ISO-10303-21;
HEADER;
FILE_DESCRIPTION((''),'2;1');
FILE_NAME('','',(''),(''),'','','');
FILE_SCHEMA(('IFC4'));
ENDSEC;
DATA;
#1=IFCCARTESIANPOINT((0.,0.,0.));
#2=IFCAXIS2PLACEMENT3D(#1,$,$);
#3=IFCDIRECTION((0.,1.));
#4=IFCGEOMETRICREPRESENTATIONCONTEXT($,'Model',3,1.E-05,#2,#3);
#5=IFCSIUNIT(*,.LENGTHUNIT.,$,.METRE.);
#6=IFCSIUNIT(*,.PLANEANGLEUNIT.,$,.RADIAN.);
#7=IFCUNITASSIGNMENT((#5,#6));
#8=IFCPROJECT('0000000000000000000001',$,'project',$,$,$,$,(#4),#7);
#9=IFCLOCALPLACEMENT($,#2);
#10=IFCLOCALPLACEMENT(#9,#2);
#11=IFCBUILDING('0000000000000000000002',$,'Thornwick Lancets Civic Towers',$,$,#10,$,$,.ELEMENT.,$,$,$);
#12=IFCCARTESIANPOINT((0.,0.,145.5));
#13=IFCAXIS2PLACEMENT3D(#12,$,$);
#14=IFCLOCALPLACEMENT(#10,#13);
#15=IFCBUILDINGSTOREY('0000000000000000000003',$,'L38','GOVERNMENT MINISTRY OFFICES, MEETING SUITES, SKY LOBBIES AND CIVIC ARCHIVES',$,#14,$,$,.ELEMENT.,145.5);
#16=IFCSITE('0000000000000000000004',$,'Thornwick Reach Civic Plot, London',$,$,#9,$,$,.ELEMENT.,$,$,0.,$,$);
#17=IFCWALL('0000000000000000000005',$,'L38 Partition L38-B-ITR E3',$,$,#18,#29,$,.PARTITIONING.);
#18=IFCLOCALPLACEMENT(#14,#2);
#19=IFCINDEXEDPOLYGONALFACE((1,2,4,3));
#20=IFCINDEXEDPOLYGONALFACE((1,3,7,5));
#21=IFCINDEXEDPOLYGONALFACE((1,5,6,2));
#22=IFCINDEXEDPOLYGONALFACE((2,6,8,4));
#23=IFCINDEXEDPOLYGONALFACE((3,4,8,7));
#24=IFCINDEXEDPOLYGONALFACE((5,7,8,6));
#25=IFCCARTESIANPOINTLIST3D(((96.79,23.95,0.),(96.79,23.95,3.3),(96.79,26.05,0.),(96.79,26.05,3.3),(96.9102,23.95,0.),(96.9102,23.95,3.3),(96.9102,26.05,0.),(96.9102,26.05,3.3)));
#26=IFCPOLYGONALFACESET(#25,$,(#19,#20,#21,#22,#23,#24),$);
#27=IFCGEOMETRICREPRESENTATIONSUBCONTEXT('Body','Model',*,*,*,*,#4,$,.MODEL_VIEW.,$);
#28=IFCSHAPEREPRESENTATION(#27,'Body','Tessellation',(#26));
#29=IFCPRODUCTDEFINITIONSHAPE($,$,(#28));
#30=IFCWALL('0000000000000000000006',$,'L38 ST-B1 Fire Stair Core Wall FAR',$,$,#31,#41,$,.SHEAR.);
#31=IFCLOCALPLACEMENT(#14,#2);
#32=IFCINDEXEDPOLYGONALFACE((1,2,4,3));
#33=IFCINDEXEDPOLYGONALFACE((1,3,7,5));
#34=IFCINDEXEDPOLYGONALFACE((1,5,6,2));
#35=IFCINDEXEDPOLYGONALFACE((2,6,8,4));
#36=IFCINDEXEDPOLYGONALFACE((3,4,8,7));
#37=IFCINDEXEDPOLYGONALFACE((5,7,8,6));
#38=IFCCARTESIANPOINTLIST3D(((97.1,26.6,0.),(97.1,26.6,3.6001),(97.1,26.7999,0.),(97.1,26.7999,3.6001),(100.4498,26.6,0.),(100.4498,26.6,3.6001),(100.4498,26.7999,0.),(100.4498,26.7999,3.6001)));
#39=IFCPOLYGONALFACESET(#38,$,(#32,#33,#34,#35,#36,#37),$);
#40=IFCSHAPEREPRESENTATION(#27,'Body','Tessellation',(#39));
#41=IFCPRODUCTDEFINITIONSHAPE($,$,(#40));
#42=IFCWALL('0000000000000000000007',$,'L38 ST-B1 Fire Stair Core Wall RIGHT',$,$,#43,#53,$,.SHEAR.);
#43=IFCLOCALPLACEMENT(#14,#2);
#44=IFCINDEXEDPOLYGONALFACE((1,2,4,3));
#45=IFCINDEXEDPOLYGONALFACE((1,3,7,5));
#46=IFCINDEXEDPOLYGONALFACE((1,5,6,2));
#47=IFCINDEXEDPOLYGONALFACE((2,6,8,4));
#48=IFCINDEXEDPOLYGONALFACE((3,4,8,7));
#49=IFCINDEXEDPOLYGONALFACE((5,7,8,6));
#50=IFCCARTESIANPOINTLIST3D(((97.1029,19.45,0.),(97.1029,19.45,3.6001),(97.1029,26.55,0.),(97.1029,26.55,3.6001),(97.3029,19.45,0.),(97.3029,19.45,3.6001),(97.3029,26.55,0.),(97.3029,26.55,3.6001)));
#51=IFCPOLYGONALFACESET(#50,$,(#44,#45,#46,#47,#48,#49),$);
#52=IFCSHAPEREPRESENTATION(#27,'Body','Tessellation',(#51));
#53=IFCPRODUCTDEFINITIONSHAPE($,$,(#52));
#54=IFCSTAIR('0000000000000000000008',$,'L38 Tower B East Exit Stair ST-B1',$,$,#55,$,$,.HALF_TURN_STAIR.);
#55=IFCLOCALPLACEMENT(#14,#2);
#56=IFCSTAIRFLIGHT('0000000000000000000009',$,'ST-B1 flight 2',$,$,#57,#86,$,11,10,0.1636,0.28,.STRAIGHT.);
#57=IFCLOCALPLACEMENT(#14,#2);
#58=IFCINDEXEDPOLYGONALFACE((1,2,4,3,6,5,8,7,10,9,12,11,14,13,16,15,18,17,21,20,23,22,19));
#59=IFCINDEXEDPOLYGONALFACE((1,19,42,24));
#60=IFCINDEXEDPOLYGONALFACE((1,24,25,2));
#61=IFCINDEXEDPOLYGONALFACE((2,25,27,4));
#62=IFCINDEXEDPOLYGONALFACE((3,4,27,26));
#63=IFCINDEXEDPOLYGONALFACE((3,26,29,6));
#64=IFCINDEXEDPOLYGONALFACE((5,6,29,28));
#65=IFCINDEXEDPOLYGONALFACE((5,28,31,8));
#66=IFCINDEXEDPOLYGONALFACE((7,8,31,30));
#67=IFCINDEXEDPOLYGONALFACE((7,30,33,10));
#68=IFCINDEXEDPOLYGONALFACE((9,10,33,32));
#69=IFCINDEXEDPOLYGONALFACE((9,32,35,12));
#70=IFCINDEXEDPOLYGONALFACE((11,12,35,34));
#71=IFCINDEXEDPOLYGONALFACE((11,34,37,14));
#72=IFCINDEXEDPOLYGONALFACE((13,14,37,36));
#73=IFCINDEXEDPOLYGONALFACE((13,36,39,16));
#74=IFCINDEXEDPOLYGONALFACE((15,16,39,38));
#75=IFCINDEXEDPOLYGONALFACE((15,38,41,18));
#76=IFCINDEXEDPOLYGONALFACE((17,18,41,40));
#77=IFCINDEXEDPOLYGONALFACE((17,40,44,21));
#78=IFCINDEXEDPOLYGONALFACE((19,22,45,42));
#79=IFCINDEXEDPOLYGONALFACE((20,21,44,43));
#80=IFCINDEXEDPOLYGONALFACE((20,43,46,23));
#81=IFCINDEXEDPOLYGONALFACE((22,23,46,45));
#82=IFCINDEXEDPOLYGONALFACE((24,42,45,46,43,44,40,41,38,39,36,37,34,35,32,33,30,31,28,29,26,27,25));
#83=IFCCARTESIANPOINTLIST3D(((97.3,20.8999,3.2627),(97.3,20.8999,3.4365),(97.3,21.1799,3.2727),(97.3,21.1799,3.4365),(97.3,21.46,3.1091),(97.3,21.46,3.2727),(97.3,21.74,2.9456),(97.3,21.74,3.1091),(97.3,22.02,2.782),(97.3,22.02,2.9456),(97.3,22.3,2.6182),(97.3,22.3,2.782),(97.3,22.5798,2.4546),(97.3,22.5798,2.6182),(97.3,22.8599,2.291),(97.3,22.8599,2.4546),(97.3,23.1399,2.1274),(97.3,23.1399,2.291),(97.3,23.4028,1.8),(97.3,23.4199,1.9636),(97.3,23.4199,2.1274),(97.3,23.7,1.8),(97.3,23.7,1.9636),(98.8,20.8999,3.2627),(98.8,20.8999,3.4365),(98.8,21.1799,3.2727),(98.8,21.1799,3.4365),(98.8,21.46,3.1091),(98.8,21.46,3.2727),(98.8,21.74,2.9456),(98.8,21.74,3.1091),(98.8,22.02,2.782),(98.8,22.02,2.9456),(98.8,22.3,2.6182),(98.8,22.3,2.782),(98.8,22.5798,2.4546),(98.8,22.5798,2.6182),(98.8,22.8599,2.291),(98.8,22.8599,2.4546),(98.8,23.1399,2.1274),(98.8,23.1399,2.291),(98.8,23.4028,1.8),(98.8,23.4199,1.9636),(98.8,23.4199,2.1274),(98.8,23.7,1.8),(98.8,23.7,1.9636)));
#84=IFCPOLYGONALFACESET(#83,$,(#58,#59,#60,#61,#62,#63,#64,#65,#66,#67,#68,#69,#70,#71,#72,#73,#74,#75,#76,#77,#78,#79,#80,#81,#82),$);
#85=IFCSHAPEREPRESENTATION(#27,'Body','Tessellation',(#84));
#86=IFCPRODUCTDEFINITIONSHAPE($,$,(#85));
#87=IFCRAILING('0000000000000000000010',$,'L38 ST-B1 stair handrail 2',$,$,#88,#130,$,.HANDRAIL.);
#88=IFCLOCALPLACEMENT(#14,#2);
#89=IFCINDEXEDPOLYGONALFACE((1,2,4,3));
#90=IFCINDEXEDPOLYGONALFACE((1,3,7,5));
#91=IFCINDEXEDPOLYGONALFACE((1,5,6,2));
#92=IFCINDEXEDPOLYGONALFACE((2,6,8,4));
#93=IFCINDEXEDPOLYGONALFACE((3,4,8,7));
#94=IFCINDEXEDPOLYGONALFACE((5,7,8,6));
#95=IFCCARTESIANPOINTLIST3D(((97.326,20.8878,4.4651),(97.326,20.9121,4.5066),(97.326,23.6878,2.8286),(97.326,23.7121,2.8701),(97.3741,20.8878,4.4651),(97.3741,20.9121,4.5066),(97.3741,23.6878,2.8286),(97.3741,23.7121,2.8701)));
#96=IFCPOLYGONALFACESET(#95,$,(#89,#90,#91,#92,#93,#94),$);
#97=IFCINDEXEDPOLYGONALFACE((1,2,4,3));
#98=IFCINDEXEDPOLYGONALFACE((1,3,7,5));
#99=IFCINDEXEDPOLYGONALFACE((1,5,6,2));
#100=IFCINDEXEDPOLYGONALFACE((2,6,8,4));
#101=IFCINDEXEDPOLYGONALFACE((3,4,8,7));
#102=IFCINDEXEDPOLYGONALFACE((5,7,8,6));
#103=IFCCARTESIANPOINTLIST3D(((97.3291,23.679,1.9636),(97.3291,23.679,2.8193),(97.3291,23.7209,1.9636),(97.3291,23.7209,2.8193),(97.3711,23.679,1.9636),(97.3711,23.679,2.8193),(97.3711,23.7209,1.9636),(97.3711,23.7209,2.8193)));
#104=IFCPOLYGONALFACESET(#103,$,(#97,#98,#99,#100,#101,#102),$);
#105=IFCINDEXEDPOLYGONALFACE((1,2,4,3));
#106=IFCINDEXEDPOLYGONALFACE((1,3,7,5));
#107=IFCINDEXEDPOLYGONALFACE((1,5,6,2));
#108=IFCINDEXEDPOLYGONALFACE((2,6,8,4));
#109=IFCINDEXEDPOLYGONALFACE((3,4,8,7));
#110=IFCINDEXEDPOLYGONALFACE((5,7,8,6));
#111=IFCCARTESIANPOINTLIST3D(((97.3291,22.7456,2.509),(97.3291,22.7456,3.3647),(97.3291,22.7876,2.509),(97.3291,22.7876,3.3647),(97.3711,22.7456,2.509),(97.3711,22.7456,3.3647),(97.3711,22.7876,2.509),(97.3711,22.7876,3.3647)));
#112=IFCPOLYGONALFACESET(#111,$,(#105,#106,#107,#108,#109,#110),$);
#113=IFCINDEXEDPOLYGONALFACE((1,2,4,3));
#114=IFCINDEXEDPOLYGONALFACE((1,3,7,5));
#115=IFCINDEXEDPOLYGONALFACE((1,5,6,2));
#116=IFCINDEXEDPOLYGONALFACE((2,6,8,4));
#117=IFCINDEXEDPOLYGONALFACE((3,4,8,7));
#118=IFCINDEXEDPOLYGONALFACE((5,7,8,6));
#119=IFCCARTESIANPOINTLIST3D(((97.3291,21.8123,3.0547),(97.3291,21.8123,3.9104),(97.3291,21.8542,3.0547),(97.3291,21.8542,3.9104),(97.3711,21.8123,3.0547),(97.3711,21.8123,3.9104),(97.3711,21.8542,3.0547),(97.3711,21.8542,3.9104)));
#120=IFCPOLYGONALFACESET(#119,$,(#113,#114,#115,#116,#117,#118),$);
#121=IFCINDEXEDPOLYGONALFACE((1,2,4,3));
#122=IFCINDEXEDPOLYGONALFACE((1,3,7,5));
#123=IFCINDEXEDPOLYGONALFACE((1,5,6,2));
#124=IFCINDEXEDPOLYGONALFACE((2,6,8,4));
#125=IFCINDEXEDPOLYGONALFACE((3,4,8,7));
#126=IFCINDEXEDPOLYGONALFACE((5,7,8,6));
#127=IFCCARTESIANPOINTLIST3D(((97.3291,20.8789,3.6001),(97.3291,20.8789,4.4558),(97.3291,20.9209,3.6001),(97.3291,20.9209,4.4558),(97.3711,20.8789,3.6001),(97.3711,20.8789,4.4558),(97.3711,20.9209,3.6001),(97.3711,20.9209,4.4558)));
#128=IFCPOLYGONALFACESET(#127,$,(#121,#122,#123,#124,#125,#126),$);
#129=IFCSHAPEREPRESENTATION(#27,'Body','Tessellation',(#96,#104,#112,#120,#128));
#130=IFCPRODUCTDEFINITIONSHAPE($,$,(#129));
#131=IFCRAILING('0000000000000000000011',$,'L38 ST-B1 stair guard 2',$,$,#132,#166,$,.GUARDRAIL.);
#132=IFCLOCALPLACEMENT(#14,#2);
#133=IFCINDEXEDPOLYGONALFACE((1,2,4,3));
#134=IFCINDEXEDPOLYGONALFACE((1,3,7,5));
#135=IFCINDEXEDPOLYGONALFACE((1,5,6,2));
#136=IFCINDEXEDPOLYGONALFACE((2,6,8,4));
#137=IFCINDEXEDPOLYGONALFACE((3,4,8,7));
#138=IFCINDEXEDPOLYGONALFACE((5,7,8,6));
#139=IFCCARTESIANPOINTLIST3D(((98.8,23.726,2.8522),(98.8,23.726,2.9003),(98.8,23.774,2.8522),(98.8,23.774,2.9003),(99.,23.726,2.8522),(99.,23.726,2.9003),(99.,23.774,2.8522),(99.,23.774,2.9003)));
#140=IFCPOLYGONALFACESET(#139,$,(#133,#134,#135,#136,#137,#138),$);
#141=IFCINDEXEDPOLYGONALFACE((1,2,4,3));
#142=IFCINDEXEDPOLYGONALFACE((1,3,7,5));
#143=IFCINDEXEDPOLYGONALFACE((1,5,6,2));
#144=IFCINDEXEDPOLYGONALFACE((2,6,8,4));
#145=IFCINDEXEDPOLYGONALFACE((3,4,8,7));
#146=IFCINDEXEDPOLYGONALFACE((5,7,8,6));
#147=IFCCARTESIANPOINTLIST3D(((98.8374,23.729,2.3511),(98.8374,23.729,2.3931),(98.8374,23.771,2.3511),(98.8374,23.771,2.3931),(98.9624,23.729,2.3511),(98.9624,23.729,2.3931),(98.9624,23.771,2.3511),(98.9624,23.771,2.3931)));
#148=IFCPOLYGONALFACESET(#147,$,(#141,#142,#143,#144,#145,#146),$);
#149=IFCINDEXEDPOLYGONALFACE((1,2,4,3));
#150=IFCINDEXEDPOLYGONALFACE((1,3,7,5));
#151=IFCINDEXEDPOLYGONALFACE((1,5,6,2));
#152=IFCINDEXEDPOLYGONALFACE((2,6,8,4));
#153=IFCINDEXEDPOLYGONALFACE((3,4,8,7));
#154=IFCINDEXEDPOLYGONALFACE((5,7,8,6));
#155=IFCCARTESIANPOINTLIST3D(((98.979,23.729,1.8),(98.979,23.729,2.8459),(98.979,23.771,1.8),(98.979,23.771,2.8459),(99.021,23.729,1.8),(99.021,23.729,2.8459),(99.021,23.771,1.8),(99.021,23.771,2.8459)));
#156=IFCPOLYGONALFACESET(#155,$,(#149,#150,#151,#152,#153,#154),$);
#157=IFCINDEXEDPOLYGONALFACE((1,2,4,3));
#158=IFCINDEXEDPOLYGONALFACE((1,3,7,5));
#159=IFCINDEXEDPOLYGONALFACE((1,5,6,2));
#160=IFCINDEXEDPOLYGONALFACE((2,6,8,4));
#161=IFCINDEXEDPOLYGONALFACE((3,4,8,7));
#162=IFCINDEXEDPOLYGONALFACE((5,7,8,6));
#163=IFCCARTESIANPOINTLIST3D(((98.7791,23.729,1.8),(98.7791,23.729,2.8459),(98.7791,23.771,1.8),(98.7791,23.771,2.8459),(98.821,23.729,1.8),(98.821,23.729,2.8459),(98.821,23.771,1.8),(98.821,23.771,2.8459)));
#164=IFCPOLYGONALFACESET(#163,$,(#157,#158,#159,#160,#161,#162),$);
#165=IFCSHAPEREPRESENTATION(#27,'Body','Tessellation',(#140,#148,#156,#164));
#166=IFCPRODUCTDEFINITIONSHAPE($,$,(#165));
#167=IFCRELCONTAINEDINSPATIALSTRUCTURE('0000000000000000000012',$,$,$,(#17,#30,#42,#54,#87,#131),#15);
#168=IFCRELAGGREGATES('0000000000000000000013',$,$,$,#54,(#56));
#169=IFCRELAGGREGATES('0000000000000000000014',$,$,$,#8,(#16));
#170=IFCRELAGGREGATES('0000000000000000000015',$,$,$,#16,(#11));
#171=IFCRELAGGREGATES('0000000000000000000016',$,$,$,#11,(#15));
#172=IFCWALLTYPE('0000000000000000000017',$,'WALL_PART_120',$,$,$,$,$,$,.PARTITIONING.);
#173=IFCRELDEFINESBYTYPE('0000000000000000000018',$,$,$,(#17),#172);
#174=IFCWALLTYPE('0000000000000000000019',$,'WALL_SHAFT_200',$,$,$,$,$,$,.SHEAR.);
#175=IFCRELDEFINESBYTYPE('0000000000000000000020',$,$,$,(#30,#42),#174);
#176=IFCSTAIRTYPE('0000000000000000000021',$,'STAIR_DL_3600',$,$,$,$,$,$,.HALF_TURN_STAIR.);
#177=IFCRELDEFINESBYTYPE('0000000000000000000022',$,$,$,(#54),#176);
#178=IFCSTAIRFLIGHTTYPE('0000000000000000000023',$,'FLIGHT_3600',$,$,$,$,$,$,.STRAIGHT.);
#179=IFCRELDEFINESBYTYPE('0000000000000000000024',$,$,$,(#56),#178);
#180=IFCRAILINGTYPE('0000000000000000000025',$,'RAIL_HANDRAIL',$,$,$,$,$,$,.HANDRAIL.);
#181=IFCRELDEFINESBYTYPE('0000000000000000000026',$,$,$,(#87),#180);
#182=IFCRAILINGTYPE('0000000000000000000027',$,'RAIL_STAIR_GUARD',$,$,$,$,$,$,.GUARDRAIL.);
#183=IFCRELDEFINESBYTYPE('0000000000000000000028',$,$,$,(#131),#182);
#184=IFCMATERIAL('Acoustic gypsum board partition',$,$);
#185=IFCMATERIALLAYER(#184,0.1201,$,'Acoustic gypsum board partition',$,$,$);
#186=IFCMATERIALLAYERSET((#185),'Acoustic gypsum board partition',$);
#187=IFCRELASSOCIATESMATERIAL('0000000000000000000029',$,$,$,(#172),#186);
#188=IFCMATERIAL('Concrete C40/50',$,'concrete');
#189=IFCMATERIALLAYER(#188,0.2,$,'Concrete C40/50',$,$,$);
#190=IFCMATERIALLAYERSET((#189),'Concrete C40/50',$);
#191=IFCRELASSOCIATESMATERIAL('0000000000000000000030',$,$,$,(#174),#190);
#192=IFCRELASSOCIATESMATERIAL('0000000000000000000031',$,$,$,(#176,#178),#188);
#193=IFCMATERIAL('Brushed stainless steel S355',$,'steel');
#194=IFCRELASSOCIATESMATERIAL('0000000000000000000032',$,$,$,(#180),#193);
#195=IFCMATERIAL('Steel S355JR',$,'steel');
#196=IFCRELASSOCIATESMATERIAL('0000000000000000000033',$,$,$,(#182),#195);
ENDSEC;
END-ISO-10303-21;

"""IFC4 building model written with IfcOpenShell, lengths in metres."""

from ifc_helpers import new_model, si_unit, direction, frame, frame_2d, origin, origin_2d, place, context, subcontext, project, spatial, polyline, rectangle, outline, extrude, material, layer, layer_set, type_object, element, aggregate, save


model = new_model("IFC4")

# Units and contexts
model_context = context("Model", 3, precision=1e-05, world=origin(), true_north=direction((0.0, 1.0)))
body_context = subcontext(model_context, "Body", "Model", "MODEL_VIEW")
ifc_project = project(units=[si_unit("LENGTHUNIT", "METRE"), si_unit("PLANEANGLEUNIT", "RADIAN")], contexts=[model_context])

# Site, building, storey
site_placement = place(None, origin())
site = spatial("IfcSite", under=ifc_project, at=site_placement, Name="Thornwick Reach Civic Plot, London", CompositionType="ELEMENT", RefElevation=0.0)
building_placement = place(site_placement, origin())
building = spatial("IfcBuilding", under=site, at=building_placement, Name="Thornwick Lancets Civic Towers", CompositionType="ELEMENT")
storey_placement = place(building_placement, frame((0.0, 0.0, 145.5)))
storey = spatial("IfcBuildingStorey", under=building, at=storey_placement, Name="L38", Description="GOVERNMENT MINISTRY OFFICES, MEETING SUITES, SKY LOBBIES AND CIVIC ARCHIVES", CompositionType="ELEMENT", Elevation=145.5)

# Shared definitions
ifc_material_1 = material(Name="Acoustic gypsum board partition")
ifc_layer_1 = layer(ifc_material_1, 0.1201, Name="Acoustic gypsum board partition")
ifc_layer_set_1 = layer_set([ifc_layer_1], Name="Acoustic gypsum board partition")
wall_type_1 = type_object("IfcWallType", Name="WALL_PART_120", PredefinedType="PARTITIONING", material=ifc_layer_set_1)

# Walls
wall_1_placement = place(storey_placement, frame((96.8501, 26.05, 0.0), z_axis=(0.0, 0.0, 1.0), x_axis=(0.0, -1.0, 0.0)))
element("IfcWall", 1, at=wall_1_placement, inside=storey, type_object=wall_type_1, Name="L38 Partition L38-B-ITR E3", PredefinedType="PARTITIONING", context=body_context, shape_type="SweptSolid", body=[
    extrude(rectangle(XDim=2.1001, YDim=0.1201, at=frame_2d((1.05, 0.0))), origin(), (0.0, 0.0, 1.0), 3.3),
])
ifc_material_2 = material(Name="Concrete C40/50", Category="concrete")
ifc_layer_2 = layer(ifc_material_2, 0.2, Name="Concrete C40/50")
ifc_layer_set_2 = layer_set([ifc_layer_2], Name="Concrete C40/50")
wall_type_2 = type_object("IfcWallType", Name="WALL_SHAFT_200", PredefinedType="SHEAR", material=ifc_layer_set_2)
wall_2_placement = place(storey_placement, frame((97.1001, 26.7, 0.0), z_axis=(0.0, 0.0, 1.0), x_axis=(1.0, 0.0, 0.0)))
element("IfcWall", 2, at=wall_2_placement, inside=storey, type_object=wall_type_2, Name="L38 ST-B1 Fire Stair Core Wall FAR", PredefinedType="SHEAR", context=body_context, shape_type="SweptSolid", body=[
    extrude(rectangle(XDim=3.3499, YDim=0.2, at=frame_2d((1.6748, 0.0))), origin(), (0.0, 0.0, 1.0), 3.6001),
])
wall_3_placement = place(storey_placement, frame((97.2029, 26.55, 0.0), z_axis=(0.0, 0.0, 1.0), x_axis=(0.0, -1.0, 0.0)))
element("IfcWall", 3, at=wall_3_placement, inside=storey, type_object=wall_type_2, Name="L38 ST-B1 Fire Stair Core Wall RIGHT", PredefinedType="SHEAR", context=body_context, shape_type="SweptSolid", body=[
    extrude(rectangle(XDim=7.1001, YDim=0.2, at=frame_2d((3.55, 0.0))), origin(), (0.0, 0.0, 1.0), 3.6001),
])

# Stair, stair flight
stair_type = type_object("IfcStairType", Name="STAIR_DL_3600", PredefinedType="HALF_TURN_STAIR", material=ifc_material_2)
stair_placement = place(storey_placement, origin())
stair = element("IfcStair", 4, at=stair_placement, inside=storey, type_object=stair_type, Name="L38 Tower B East Exit Stair ST-B1", PredefinedType="HALF_TURN_STAIR")
stair_flight_type = type_object("IfcStairFlightType", Name="FLIGHT_3600", PredefinedType="STRAIGHT", material=ifc_material_2)
stair_flight_placement = place(storey_placement, frame((98.05, 23.7, 1.8), z_axis=(0.0, 0.0, 1.0), x_axis=(0.0, -1.0, 0.0)))
stair_flight = element("IfcStairFlight", 5, at=stair_flight_placement, type_object=stair_flight_type, Name="ST-B1 flight 2", NumberOfRisers=11, NumberOfTreads=10, PredefinedType="STRAIGHT", RiserHeight=0.1636, TreadLength=0.28, context=body_context, shape_type="SweptSolid", body=[
    extrude(outline(polyline([(0.0, 0.0), (0.0, 0.1636), (0.28, 0.1636), (0.28, 0.3274), (0.5601, 0.3274), (0.5601, 0.491), (0.8401, 0.491), (0.8401, 0.6545), (1.1201, 0.6545), (1.1201, 0.8181), (1.3999, 0.8181), (1.3999, 0.9819), (1.6799, 0.9819), (1.6799, 1.1455), (1.96, 1.1455), (1.96, 1.3091), (2.24, 1.3091), (2.24, 1.4727), (2.52, 1.4727), (2.52, 1.6365), (2.8, 1.6365), (2.8, 1.8), (2.8, 1.4626), (0.2971, 0.0), (0.0, 0.0)])), frame((0.0, 0.75, 0.0), z_axis=(0.0, -1.0, 0.0), x_axis=(1.0, 0.0, 0.0)), (0.0, 0.0, 1.0), 1.5),
])
aggregate(stair, [stair_flight])

# Railings
ifc_material_3 = material(Name="Brushed stainless steel S355", Category="steel")
railing_type_1 = type_object("IfcRailingType", Name="RAIL_HANDRAIL", PredefinedType="HANDRAIL", material=ifc_material_3)
railing_1_placement = place(storey_placement, frame((97.3501, 23.7, 1.9636)))
element("IfcRailing", 6, at=railing_1_placement, inside=storey, type_object=railing_type_1, Name="L38 ST-B1 stair handrail 2", PredefinedType="HANDRAIL", context=body_context, shape_type="SweptSolid", body=[
    extrude(rectangle(XDim=0.0481, YDim=0.0481, at=origin_2d()), frame((0.0, 0.0, 0.8857), z_axis=(0.0, -0.863361, 0.504587), x_axis=(1.0, 0.0, 0.0)), (0.0, 0.0, 1.0), 3.2432),
    extrude(rectangle(XDim=0.042, YDim=0.042, at=origin_2d()), origin(), (0.0, 0.0, 1.0), 0.8557),
    extrude(rectangle(XDim=0.042, YDim=0.042, at=origin_2d()), frame((0.0, -0.9333, 0.5454)), (0.0, 0.0, 1.0), 0.8557),
    extrude(rectangle(XDim=0.042, YDim=0.042, at=origin_2d()), frame((0.0, -1.8667, 1.0911)), (0.0, 0.0, 1.0), 0.8557),
    extrude(rectangle(XDim=0.042, YDim=0.042, at=origin_2d()), frame((0.0, -2.8, 1.6365)), (0.0, 0.0, 1.0), 0.8557),
])
ifc_material_4 = material(Name="Steel S355JR", Category="steel")
railing_type_2 = type_object("IfcRailingType", Name="RAIL_STAIR_GUARD", PredefinedType="GUARDRAIL", material=ifc_material_4)
railing_2_placement = place(storey_placement, frame((99.0, 23.75, 1.8)))
element("IfcRailing", 7, at=railing_2_placement, inside=storey, type_object=railing_type_2, Name="L38 ST-B1 stair guard 2", PredefinedType="GUARDRAIL", context=body_context, shape_type="SweptSolid", body=[
    extrude(rectangle(XDim=0.0481, YDim=0.0481, at=origin_2d()), frame((0.0, 0.0, 1.0762), z_axis=(-1.0, 0.0, 0.0), x_axis=(0.0, -1.0, 0.0)), (0.0, 0.0, 1.0), 0.2),
    extrude(rectangle(XDim=0.042, YDim=0.042, at=origin_2d()), frame((-0.0376, 0.0, 0.572), z_axis=(-1.0, 0.0, 0.0), x_axis=(0.0, -1.0, 0.0)), (0.0, 0.0, 1.0), 0.125),
    extrude(rectangle(XDim=0.042, YDim=0.042, at=origin_2d()), origin(), (0.0, 0.0, 1.0), 1.0459),
    extrude(rectangle(XDim=0.042, YDim=0.042, at=origin_2d()), frame((-0.2, 0.0, 0.0)), (0.0, 0.0, 1.0), 1.0459),
])

save(model, "model.ifc")
